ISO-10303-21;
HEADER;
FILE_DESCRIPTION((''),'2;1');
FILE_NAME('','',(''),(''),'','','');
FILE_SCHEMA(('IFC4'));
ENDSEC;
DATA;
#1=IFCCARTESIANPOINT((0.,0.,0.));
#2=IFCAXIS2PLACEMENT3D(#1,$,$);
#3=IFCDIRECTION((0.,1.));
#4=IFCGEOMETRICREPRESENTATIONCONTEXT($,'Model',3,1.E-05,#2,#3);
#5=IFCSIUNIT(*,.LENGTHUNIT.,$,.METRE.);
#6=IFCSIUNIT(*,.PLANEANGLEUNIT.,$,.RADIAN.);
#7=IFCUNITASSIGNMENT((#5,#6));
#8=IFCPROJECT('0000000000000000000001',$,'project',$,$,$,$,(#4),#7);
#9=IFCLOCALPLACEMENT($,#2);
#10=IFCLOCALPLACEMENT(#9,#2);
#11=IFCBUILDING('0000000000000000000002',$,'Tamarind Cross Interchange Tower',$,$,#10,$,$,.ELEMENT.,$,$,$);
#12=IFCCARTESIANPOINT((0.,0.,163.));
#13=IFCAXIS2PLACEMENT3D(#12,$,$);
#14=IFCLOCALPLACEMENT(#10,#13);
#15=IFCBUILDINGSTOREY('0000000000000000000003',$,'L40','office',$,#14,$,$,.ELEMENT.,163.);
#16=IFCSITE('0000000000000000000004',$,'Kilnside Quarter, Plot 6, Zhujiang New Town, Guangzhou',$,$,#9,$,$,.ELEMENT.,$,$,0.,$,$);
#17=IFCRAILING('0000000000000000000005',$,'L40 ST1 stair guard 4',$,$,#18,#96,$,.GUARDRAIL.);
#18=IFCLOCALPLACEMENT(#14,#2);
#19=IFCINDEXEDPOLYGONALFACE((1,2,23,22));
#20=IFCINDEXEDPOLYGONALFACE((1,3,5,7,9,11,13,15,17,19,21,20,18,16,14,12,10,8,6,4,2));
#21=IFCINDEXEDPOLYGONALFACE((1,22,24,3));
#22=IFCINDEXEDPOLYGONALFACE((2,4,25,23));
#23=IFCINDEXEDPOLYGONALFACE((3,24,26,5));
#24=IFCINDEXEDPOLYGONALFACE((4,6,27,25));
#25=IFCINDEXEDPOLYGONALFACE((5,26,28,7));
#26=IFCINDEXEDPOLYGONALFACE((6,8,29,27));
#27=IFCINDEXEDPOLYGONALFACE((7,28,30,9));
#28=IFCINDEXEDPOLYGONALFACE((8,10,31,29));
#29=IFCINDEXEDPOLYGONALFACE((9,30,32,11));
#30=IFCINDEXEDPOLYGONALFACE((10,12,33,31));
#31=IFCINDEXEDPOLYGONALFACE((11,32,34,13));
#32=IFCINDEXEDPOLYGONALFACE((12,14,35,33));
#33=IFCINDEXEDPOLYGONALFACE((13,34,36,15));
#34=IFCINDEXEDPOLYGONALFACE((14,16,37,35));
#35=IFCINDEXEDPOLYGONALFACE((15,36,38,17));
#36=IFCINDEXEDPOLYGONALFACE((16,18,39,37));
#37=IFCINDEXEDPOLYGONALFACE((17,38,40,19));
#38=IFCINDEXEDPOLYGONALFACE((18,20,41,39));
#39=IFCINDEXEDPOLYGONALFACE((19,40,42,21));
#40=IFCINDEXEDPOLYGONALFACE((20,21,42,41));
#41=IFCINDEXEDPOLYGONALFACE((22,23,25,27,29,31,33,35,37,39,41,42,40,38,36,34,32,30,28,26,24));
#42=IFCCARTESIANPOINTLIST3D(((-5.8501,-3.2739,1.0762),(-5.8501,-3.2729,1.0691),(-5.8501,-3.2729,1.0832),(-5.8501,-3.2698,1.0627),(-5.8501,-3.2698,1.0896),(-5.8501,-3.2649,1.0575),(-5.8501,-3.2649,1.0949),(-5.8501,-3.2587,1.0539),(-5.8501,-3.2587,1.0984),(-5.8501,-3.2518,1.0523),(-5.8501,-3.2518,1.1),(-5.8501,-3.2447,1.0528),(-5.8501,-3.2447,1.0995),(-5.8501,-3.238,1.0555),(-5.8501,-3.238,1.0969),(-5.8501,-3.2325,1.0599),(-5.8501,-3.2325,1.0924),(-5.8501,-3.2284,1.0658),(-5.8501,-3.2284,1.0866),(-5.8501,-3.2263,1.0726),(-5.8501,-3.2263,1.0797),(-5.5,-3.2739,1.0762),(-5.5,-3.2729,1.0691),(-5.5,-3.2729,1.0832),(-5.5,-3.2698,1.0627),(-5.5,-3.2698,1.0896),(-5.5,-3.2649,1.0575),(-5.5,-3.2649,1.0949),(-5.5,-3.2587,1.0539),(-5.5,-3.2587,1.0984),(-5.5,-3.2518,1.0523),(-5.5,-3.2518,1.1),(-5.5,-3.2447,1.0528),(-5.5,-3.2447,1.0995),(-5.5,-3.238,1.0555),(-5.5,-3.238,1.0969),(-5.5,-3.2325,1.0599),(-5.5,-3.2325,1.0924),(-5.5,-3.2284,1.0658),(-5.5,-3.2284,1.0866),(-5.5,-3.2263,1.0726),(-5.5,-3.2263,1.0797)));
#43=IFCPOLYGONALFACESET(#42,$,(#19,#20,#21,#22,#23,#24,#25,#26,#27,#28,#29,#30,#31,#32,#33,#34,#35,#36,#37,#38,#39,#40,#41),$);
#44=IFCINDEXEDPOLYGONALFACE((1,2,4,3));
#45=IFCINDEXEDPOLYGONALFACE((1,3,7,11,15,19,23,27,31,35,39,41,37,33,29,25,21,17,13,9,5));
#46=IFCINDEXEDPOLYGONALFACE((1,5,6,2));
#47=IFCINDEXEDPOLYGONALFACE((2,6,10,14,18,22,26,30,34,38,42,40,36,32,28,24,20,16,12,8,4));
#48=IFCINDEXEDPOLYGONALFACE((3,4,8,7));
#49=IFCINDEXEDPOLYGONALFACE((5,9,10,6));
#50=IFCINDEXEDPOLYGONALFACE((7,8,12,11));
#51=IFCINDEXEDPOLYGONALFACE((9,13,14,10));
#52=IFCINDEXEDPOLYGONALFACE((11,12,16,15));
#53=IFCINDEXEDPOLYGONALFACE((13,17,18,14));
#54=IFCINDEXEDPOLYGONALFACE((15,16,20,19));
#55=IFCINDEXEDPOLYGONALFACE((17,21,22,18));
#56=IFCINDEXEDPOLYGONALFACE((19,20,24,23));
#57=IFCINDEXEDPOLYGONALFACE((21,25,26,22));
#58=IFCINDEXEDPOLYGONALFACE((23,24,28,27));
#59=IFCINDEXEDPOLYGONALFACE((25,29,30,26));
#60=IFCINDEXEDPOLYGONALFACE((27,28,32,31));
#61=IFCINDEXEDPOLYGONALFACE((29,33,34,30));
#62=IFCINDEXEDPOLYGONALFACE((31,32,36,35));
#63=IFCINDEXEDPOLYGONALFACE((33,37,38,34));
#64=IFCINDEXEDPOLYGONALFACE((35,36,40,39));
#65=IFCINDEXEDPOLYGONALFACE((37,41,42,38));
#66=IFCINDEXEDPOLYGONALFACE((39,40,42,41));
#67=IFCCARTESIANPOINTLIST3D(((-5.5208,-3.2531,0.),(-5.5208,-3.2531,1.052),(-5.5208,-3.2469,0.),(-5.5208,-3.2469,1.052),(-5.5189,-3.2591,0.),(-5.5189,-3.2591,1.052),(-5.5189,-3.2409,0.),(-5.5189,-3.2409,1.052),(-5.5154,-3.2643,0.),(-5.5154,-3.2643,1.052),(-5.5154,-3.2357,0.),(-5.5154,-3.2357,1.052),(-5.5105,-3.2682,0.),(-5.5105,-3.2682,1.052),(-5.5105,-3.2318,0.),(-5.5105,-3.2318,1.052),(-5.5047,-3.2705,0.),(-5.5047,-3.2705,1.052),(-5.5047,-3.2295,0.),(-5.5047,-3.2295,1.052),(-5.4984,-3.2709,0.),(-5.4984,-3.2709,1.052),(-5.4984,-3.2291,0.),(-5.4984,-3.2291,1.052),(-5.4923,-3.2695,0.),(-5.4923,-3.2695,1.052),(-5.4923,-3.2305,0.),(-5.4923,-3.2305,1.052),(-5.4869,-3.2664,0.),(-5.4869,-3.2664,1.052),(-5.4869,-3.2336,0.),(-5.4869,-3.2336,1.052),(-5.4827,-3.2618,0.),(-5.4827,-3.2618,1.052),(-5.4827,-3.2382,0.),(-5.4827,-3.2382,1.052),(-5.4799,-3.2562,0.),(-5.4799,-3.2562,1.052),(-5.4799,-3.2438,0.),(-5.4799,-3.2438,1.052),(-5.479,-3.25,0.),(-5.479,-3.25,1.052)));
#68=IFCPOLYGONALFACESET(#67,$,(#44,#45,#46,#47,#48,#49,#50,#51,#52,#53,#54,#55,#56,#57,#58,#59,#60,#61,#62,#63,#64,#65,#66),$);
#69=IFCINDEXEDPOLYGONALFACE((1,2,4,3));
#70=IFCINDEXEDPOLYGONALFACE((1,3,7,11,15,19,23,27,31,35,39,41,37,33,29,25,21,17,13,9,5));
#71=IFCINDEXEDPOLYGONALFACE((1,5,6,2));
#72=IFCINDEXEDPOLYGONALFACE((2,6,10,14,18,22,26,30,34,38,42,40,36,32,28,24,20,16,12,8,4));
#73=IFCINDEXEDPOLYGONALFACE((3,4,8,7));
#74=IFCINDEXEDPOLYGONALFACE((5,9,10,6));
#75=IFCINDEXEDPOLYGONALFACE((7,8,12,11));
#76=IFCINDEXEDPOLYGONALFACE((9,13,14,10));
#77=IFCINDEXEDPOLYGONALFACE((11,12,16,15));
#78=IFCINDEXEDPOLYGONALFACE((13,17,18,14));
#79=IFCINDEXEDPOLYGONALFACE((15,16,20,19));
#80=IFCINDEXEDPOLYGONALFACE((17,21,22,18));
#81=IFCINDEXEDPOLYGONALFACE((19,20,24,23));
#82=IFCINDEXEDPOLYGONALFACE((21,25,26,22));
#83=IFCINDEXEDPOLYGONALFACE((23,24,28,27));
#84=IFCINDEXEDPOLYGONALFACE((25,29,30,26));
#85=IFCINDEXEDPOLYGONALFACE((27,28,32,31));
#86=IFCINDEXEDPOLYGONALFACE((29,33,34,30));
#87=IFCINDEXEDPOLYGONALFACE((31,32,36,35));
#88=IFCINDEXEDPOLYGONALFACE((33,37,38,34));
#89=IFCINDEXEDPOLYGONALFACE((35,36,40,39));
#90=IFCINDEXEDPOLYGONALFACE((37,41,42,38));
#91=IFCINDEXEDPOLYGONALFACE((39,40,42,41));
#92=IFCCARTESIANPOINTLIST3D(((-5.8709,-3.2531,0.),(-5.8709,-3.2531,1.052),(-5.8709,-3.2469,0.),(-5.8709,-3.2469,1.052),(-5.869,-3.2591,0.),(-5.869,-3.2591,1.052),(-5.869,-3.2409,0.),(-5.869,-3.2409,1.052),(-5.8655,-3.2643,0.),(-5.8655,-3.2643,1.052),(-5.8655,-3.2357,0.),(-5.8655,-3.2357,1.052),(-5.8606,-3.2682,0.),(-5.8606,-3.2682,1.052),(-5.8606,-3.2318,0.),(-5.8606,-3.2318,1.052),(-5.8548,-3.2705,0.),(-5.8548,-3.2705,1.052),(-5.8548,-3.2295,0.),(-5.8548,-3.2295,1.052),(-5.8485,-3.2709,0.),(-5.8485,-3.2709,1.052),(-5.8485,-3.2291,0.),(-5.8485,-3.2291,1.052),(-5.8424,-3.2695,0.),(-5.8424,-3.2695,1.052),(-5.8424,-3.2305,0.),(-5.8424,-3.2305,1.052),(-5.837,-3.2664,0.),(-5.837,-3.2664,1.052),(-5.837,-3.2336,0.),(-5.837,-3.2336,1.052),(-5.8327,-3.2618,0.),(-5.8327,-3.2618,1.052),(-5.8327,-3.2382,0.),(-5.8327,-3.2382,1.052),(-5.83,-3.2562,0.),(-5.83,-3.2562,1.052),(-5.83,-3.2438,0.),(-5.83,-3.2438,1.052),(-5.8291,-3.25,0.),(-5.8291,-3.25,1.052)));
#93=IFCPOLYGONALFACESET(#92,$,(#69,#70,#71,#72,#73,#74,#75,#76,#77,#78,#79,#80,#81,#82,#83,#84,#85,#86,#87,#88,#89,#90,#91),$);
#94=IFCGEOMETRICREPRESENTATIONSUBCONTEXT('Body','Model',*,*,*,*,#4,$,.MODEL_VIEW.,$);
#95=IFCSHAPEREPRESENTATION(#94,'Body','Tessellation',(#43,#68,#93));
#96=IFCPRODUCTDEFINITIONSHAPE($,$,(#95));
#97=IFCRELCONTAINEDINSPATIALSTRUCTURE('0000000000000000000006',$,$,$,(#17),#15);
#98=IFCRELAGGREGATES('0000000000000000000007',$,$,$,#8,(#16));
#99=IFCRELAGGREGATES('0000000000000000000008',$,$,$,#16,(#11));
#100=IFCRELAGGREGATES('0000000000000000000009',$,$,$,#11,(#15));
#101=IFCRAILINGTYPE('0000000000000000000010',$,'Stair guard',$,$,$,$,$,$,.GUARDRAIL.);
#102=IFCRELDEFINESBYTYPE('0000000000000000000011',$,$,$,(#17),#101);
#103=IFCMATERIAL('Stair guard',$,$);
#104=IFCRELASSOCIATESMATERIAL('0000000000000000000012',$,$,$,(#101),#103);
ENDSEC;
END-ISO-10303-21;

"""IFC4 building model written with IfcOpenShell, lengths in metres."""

from ifc_helpers import new_model, si_unit, direction, frame, origin, origin_2d, place, context, subcontext, project, spatial, circle, extrude, material, type_object, element, save


model = new_model("IFC4")

# Units and contexts
model_context = context("Model", 3, precision=1e-05, world=origin(), true_north=direction((0.0, 1.0)))
body_context = subcontext(model_context, "Body", "Model", "MODEL_VIEW")
ifc_project = project(units=[si_unit("LENGTHUNIT", "METRE"), si_unit("PLANEANGLEUNIT", "RADIAN")], contexts=[model_context])

# Site, building, storey
site_placement = place(None, origin())
site = spatial("IfcSite", under=ifc_project, at=site_placement, Name="Kilnside Quarter, Plot 6, Zhujiang New Town, Guangzhou", CompositionType="ELEMENT", RefElevation=0.0)
building_placement = place(site_placement, origin())
building = spatial("IfcBuilding", under=site, at=building_placement, Name="Tamarind Cross Interchange Tower", CompositionType="ELEMENT")
storey_placement = place(building_placement, frame((0.0, 0.0, 163.0)))
storey = spatial("IfcBuildingStorey", under=building, at=storey_placement, Name="L40", Description="office", CompositionType="ELEMENT", Elevation=163.0)

# Railing
ifc_material_1 = material(Name="Stair guard")
railing_type_1 = type_object("IfcRailingType", Name="Stair guard", PredefinedType="GUARDRAIL", material=ifc_material_1)
railing_1_placement = place(storey_placement, frame((-5.5, -3.25, 0.0)))
element("IfcRailing", 1, at=railing_1_placement, inside=storey, type_object=railing_type_1, Name="L40 ST1 stair guard 4", PredefinedType="GUARDRAIL", context=body_context, shape_type="SweptSolid", body=[
    extrude(circle(Radius=0.0239, at=origin_2d()), frame((0.0, 0.0, 1.0762), z_axis=(-1.0, 0.0, 0.0), x_axis=(0.0, -1.0, 0.0)), (0.0, 0.0, 1.0), 0.3501),
    extrude(circle(Radius=0.021, at=origin_2d()), origin(), (0.0, 0.0, 1.0), 1.052),
    extrude(circle(Radius=0.021, at=origin_2d()), frame((-0.3501, 0.0, 0.0)), (0.0, 0.0, 1.0), 1.052),
])

save(model, "model.ifc")
